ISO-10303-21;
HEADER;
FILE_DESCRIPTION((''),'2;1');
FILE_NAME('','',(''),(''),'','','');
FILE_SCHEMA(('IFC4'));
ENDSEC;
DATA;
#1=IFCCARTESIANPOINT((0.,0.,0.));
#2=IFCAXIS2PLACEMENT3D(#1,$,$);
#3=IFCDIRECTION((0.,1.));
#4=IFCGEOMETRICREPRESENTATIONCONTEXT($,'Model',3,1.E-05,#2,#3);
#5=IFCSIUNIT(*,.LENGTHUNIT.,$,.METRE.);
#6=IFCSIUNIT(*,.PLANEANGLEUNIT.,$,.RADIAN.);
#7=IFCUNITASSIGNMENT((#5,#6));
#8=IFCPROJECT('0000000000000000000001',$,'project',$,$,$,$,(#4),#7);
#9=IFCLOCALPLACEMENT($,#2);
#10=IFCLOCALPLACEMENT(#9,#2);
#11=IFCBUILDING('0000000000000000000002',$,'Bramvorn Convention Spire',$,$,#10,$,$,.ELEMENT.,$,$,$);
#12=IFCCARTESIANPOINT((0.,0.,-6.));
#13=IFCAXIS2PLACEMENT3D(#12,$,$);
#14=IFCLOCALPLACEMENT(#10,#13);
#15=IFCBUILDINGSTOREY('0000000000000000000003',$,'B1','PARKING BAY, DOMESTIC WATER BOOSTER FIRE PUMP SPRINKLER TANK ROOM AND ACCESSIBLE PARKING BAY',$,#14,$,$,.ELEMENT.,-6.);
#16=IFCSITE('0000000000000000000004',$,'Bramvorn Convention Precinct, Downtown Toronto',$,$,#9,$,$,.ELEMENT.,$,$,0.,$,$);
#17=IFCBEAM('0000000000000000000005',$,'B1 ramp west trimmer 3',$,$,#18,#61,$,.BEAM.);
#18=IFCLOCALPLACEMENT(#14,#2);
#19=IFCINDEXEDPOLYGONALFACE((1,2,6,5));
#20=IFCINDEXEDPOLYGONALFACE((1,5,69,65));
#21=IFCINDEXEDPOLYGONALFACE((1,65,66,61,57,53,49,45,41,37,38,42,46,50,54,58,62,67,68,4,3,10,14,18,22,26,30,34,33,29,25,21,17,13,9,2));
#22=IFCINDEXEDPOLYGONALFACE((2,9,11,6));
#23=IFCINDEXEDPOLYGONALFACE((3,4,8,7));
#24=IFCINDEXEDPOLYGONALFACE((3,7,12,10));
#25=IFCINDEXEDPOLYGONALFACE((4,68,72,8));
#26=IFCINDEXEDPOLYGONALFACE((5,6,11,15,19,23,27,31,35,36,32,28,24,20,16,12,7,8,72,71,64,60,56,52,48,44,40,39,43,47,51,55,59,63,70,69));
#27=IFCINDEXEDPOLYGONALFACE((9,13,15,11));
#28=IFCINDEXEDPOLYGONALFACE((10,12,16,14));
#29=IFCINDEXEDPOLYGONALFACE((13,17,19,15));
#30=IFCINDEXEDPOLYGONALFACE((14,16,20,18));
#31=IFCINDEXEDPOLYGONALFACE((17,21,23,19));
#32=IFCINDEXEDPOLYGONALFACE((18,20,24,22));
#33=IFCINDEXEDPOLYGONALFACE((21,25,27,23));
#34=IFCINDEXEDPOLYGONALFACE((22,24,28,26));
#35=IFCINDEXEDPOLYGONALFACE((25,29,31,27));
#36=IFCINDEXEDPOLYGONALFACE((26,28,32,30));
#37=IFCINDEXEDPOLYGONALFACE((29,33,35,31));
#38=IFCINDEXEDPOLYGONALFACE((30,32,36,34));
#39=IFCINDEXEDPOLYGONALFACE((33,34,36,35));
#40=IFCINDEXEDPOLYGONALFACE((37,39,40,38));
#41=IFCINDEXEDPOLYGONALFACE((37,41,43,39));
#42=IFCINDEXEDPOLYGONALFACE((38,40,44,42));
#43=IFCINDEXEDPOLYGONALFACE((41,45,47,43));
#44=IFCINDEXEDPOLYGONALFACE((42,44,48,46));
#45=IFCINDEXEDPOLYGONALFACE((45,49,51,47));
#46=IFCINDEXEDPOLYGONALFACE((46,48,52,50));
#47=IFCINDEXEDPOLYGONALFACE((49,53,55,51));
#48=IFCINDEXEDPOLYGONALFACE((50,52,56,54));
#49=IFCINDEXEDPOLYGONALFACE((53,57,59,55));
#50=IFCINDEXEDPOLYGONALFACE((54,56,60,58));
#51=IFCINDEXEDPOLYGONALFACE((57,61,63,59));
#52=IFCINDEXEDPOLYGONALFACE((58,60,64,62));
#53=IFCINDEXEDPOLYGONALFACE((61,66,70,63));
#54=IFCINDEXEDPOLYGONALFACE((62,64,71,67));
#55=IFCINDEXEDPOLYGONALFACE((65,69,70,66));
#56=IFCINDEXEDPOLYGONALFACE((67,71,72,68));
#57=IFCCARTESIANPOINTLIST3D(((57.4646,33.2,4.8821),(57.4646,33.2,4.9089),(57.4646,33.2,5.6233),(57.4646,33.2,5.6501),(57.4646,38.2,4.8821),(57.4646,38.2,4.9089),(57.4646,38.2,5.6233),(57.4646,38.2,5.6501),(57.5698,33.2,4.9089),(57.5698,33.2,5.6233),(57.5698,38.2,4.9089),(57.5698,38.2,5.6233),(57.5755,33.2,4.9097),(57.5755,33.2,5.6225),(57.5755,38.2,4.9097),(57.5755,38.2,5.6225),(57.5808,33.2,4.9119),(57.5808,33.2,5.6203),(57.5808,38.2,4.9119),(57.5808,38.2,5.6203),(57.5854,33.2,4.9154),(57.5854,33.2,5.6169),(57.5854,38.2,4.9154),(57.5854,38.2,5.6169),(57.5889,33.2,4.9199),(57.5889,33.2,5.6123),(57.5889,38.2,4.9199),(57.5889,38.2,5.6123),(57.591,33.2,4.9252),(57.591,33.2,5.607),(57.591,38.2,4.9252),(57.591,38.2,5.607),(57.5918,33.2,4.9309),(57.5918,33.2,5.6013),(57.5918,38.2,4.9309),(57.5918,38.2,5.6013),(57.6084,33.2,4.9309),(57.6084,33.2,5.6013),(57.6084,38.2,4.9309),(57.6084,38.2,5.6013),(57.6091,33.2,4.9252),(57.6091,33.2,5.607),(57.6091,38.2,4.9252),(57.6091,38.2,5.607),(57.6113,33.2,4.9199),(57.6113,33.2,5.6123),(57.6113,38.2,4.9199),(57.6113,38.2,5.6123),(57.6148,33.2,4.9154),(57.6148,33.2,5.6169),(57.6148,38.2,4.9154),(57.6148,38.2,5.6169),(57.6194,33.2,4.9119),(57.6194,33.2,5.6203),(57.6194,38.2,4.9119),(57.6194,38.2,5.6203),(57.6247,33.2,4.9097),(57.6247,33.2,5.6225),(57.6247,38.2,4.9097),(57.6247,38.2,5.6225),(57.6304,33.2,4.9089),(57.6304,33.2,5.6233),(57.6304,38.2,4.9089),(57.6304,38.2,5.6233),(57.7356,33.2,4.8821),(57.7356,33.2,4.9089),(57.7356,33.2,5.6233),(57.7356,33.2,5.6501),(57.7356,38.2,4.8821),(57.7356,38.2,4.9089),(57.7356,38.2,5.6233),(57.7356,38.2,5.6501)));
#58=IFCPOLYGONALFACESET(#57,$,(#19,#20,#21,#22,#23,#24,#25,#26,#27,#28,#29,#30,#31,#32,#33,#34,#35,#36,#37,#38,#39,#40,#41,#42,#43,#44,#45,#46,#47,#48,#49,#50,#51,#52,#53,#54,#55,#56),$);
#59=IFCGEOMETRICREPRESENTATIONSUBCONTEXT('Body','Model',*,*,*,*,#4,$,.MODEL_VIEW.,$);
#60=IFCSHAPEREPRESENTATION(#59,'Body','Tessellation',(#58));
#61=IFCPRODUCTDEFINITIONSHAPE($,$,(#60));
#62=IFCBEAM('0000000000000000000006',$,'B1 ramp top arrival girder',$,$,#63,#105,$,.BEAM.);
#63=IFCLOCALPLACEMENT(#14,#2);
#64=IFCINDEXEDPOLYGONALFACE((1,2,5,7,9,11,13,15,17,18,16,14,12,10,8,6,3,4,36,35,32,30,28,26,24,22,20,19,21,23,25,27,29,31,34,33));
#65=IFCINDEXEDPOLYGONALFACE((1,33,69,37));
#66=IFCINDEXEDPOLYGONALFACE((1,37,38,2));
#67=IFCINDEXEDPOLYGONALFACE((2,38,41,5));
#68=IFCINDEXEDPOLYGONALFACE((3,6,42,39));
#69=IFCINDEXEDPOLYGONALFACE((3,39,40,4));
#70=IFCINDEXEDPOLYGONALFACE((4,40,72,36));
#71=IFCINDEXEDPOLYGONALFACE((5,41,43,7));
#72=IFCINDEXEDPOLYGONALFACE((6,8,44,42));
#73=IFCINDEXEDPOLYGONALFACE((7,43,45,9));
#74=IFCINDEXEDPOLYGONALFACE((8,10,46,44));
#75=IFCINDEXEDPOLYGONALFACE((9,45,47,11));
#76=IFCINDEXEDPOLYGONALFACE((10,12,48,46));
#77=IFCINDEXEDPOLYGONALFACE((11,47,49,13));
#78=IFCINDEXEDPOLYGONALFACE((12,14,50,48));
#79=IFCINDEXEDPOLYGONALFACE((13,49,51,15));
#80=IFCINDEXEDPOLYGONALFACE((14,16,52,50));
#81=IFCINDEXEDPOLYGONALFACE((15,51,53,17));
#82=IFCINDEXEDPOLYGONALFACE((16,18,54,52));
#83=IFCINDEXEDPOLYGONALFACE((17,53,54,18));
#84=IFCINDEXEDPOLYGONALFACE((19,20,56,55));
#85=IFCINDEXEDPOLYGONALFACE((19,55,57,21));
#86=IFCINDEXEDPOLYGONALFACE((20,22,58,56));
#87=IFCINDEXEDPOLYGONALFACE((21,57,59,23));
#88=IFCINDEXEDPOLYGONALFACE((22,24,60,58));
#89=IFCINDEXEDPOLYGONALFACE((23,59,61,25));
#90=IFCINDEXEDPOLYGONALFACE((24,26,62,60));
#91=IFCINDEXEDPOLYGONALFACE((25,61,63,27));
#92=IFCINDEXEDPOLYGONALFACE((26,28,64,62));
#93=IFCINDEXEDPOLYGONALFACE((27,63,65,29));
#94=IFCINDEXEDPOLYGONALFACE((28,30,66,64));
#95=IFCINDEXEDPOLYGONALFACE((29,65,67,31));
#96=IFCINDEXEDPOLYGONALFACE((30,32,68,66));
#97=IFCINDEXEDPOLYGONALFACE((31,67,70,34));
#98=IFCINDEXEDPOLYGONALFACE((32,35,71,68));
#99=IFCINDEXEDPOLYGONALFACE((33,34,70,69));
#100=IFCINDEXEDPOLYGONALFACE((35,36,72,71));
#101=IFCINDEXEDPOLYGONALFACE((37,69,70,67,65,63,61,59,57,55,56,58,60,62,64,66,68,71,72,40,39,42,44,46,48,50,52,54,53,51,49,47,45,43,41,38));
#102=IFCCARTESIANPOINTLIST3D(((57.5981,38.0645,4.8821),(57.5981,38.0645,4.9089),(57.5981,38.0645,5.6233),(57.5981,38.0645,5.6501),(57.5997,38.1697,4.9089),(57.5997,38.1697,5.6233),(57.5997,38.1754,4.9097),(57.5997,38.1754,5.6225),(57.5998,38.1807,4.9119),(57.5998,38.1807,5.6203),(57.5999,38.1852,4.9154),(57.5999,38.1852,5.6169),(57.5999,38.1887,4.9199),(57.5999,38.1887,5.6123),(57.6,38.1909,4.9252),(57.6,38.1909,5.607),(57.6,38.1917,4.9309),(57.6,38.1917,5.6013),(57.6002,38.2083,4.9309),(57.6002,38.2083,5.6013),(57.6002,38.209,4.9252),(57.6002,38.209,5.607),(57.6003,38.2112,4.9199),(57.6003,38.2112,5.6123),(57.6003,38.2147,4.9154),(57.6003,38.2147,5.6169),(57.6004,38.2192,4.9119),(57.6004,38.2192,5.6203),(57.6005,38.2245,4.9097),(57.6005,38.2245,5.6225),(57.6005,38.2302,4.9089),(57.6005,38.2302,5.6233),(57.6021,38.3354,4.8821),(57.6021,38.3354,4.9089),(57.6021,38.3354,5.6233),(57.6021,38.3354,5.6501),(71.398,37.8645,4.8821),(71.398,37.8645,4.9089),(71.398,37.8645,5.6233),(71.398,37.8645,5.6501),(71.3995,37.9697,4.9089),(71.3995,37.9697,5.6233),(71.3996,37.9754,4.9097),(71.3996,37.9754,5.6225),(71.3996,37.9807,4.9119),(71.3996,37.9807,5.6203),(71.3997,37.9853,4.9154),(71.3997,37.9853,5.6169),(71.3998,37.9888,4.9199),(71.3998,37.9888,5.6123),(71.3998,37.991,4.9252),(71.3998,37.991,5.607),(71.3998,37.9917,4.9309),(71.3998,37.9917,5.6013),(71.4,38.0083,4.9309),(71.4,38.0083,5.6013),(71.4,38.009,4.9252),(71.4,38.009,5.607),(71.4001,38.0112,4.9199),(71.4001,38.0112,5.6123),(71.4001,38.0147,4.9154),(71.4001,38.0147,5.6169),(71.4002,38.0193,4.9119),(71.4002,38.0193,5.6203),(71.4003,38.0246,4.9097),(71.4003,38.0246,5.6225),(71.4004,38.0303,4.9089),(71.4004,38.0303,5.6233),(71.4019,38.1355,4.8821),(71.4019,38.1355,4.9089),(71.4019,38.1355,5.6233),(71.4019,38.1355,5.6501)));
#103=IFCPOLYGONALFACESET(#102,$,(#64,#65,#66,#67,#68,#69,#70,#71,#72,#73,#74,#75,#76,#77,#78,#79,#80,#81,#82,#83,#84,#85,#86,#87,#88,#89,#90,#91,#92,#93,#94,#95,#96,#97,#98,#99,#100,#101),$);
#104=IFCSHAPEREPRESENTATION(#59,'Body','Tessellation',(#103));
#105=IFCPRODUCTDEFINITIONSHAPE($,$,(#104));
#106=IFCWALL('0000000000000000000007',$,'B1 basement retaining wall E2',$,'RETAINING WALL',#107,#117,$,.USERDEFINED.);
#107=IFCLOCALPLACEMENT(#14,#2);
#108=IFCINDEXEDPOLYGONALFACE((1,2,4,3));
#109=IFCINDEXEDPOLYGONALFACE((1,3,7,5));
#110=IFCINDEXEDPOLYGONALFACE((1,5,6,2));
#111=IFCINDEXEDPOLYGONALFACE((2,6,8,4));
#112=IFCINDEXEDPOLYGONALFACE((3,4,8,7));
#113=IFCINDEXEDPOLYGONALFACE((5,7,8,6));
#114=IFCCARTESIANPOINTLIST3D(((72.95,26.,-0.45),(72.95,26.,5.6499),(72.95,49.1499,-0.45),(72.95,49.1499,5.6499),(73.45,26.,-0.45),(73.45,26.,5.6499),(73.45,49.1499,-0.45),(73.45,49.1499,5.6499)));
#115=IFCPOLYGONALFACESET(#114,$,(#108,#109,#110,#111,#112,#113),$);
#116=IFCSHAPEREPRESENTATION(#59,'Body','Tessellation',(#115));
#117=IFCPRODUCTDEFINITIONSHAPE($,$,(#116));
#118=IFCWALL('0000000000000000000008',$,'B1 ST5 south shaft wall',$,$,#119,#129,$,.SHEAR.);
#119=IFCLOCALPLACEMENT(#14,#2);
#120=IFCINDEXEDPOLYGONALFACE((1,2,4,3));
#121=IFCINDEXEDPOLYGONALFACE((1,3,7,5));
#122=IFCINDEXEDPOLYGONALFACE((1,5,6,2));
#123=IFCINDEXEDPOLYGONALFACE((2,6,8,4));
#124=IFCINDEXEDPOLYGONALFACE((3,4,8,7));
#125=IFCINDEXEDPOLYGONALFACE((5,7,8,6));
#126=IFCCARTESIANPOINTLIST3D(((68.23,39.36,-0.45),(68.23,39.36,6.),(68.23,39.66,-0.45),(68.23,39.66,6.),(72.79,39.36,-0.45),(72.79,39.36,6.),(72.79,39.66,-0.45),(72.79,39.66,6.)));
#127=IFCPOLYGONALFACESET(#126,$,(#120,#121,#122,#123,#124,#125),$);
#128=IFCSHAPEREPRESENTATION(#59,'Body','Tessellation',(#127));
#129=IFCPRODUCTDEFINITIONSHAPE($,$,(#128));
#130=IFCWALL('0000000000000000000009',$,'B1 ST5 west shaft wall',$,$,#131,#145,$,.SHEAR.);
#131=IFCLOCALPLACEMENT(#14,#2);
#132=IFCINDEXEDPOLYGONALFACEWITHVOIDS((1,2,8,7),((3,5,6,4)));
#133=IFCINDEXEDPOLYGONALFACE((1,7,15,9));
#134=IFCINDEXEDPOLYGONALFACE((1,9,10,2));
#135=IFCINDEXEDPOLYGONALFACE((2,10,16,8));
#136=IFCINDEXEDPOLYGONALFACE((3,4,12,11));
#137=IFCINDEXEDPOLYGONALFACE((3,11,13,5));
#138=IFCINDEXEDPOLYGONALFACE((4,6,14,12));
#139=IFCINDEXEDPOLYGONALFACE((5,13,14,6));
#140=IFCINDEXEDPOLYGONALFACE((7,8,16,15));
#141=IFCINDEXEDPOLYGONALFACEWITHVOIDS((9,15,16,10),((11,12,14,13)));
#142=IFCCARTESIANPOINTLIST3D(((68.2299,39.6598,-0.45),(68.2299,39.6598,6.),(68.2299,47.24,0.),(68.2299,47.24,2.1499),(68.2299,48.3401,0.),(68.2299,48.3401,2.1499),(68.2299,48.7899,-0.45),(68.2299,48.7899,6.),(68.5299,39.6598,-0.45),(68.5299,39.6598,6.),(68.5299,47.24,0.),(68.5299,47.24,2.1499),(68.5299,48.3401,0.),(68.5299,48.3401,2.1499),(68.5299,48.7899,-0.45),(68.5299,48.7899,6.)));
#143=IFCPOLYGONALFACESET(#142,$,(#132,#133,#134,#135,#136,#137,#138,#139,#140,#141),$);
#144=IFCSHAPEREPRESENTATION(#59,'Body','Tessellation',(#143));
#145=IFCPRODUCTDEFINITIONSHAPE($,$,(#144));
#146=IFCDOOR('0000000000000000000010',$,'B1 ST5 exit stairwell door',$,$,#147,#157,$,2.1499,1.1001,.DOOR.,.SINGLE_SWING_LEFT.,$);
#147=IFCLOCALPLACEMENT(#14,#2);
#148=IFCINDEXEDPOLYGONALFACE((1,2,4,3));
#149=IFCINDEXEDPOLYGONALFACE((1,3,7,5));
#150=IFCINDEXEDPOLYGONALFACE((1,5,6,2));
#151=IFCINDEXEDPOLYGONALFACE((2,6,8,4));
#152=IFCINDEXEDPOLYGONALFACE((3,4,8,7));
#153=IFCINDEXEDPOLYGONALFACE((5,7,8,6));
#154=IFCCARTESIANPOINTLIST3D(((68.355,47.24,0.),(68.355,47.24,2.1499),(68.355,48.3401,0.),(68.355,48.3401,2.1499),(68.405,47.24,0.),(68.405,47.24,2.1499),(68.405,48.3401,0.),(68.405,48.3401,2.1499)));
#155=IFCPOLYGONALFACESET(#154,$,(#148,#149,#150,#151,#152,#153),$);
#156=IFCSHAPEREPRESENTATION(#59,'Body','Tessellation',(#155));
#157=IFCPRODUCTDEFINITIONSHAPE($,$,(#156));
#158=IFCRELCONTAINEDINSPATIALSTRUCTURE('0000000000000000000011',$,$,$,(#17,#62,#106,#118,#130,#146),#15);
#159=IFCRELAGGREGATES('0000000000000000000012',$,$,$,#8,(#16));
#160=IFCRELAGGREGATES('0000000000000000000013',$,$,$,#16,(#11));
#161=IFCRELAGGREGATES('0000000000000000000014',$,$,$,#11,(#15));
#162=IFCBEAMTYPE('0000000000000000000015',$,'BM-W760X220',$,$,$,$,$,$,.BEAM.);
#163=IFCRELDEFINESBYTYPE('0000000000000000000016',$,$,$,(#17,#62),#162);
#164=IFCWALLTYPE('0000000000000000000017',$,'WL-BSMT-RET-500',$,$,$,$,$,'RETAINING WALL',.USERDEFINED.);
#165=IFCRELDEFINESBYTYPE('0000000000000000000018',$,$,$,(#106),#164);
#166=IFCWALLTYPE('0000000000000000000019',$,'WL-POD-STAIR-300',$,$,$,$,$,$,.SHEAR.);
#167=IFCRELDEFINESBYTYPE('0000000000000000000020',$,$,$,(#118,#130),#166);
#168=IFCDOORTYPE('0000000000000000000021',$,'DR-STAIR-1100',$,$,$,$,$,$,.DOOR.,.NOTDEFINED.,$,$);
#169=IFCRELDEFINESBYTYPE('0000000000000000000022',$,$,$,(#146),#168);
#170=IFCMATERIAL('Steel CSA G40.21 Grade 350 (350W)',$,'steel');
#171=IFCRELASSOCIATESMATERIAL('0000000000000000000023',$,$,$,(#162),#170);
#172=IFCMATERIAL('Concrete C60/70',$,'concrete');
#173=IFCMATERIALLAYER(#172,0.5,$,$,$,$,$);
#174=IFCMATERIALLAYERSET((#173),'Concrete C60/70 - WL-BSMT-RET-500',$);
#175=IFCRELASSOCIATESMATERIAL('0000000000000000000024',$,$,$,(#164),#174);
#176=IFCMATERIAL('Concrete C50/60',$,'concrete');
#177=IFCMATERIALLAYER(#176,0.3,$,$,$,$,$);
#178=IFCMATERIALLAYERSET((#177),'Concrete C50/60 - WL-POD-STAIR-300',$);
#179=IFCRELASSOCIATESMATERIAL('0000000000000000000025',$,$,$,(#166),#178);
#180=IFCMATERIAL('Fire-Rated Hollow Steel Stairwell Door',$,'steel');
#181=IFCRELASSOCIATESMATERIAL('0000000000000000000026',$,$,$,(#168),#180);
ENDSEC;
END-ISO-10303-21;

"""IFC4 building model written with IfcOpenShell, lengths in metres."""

from ifc_helpers import new_model, si_unit, direction, frame, frame_2d, origin, origin_2d, place, context, subcontext, project, spatial, rectangle, i_section, extrude, material, layer, layer_set, material_profile, profile_set, type_object, element, fill, save


model = new_model("IFC4")

# Units and contexts
model_context = context("Model", 3, precision=1e-05, world=origin(), true_north=direction((0.0, 1.0)))
body_context = subcontext(model_context, "Body", "Model", "MODEL_VIEW")
ifc_project = project(units=[si_unit("LENGTHUNIT", "METRE"), si_unit("PLANEANGLEUNIT", "RADIAN")], contexts=[model_context])

# Site, building, storey
site_placement = place(None, origin())
site = spatial("IfcSite", under=ifc_project, at=site_placement, Name="Bramvorn Convention Precinct, Downtown Toronto", CompositionType="ELEMENT", RefElevation=0.0)
building_placement = place(site_placement, origin())
building = spatial("IfcBuilding", under=site, at=building_placement, Name="Bramvorn Convention Spire", CompositionType="ELEMENT")
storey_placement = place(building_placement, frame((0.0, 0.0, -6.0)))
storey = spatial("IfcBuildingStorey", under=building, at=storey_placement, Name="B1", Description="PARKING BAY, DOMESTIC WATER BOOSTER FIRE PUMP SPRINKLER TANK ROOM AND ACCESSIBLE PARKING BAY", CompositionType="ELEMENT", Elevation=-6.0)

# Shared definitions
ifc_material_1 = material(Name="Concrete C60/70", Category="concrete")

# Shared definitions
ifc_material_2 = material(Name="Steel CSA G40.21 Grade 350 (350W)", Category="steel")

# Beams
ifc_material_profile_1 = material_profile(ifc_material_2, i_section(OverallWidth=0.271, OverallDepth=0.7681, WebThickness=0.0166, FlangeThickness=0.0269, FilletRadius=0.022, at=origin_2d()))
ifc_profile_set_1 = profile_set([ifc_material_profile_1], Name="Steel CSA G40.21 Grade 350 (350W) - W760X220")
beam_type = type_object("IfcBeamType", Name="BM-W760X220", PredefinedType="BEAM", material=ifc_profile_set_1)
beam_1_placement = place(storey_placement, frame((57.6001, 33.2, 5.2661), z_axis=(0.0, 1.0, 0.0), x_axis=(-1.0, 0.0, 0.0)))
element("IfcBeam", 1, at=beam_1_placement, inside=storey, type_object=beam_type, Name="B1 ramp west trimmer 3", PredefinedType="BEAM", context=body_context, shape_type="SweptSolid", body=[
    extrude(i_section(OverallWidth=0.271, OverallDepth=0.7681, WebThickness=0.0166, FlangeThickness=0.0269, FilletRadius=0.022, at=origin_2d()), origin(), (0.0, 0.0, 1.0), 5.0),
])
beam_2_placement = place(storey_placement, frame((57.6001, 38.2, 5.2661), z_axis=(0.999895, -0.014488, 0.0), x_axis=(0.014488, 0.999895, 0.0)))
element("IfcBeam", 2, at=beam_2_placement, inside=storey, type_object=beam_type, Name="B1 ramp top arrival girder", PredefinedType="BEAM", context=body_context, shape_type="SweptSolid", body=[
    extrude(i_section(OverallWidth=0.271, OverallDepth=0.7681, WebThickness=0.0166, FlangeThickness=0.0269, FilletRadius=0.022, at=origin_2d()), origin(), (0.0, 0.0, 1.0), 13.8013),
])

# Walls
ifc_layer_1 = layer(ifc_material_1, 0.5)
ifc_layer_set_1 = layer_set([ifc_layer_1], Name="Concrete C60/70 - WL-BSMT-RET-500")
wall_type_1 = type_object("IfcWallType", Name="WL-BSMT-RET-500", ElementType="RETAINING WALL", PredefinedType="USERDEFINED", material=ifc_layer_set_1)
wall_1_placement = place(storey_placement, frame((73.2, 26.0, -0.45), z_axis=(0.0, 0.0, 1.0), x_axis=(0.0, 1.0, 0.0)))
element("IfcWall", 3, at=wall_1_placement, inside=storey, type_object=wall_type_1, Name="B1 basement retaining wall E2", ObjectType="RETAINING WALL", PredefinedType="USERDEFINED", context=body_context, shape_type="SweptSolid", body=[
    extrude(rectangle(XDim=23.1499, YDim=0.5, at=frame_2d((11.575, 0.0))), origin(), (0.0, 0.0, 1.0), 6.0999),
])
ifc_material_3 = material(Name="Concrete C50/60", Category="concrete")
ifc_layer_2 = layer(ifc_material_3, 0.3)
ifc_layer_set_2 = layer_set([ifc_layer_2], Name="Concrete C50/60 - WL-POD-STAIR-300")
wall_type_2 = type_object("IfcWallType", Name="WL-POD-STAIR-300", PredefinedType="SHEAR", material=ifc_layer_set_2)
wall_2_placement = place(storey_placement, frame((68.23, 39.51, -0.45), z_axis=(0.0, 0.0, 1.0), x_axis=(1.0, 0.0, 0.0)))
element("IfcWall", 4, at=wall_2_placement, inside=storey, type_object=wall_type_2, Name="B1 ST5 south shaft wall", PredefinedType="SHEAR", context=body_context, shape_type="SweptSolid", body=[
    extrude(rectangle(XDim=4.5601, YDim=0.3, at=frame_2d((2.28, 0.0))), origin(), (0.0, 0.0, 1.0), 6.45),
])

# Wall, opening, door
wall_3_placement = place(storey_placement, frame((68.3799, 39.6599, -0.45), z_axis=(0.0, 0.0, 1.0), x_axis=(0.0, 1.0, 0.0)))
wall_3 = element("IfcWall", 5, at=wall_3_placement, inside=storey, type_object=wall_type_2, Name="B1 ST5 west shaft wall", PredefinedType="SHEAR", context=body_context, shape_type="SweptSolid", body=[
    extrude(rectangle(XDim=9.1301, YDim=0.3, at=frame_2d((4.5649, 0.0))), origin(), (0.0, 0.0, 1.0), 6.45),
])
opening_placement = place(wall_3_placement, frame((7.5801, 0.0, 0.45)))
opening = element("IfcOpeningElement", 6, at=opening_placement, cuts=wall_3, PredefinedType="OPENING", context=body_context, shape_type="SweptSolid", body=[
    extrude(rectangle(XDim=1.1001, YDim=2.1499, at=frame_2d((0.55, 1.075))), frame((0.0, 0.1599, 0.0), z_axis=(0.0, -1.0, 0.0), x_axis=(1.0, 0.0, 0.0)), (0.0, 0.0, 1.0), 0.3201),
])
ifc_material_4 = material(Name="Fire-Rated Hollow Steel Stairwell Door", Category="steel")
door_type = type_object("IfcDoorType", Name="DR-STAIR-1100", OperationType="NOTDEFINED", PredefinedType="DOOR", material=ifc_material_4)
door_placement = place(opening_placement, origin())
door = element("IfcDoor", 7, at=door_placement, inside=storey, type_object=door_type, Name="B1 ST5 exit stairwell door", OperationType="SINGLE_SWING_LEFT", OverallHeight=2.1499, OverallWidth=1.1001, PredefinedType="DOOR", context=body_context, shape_type="SweptSolid", body=[
    extrude(rectangle(XDim=1.1001, YDim=2.1499, at=frame_2d((0.55, 1.075))), frame((0.0, 0.0249, 0.0), z_axis=(0.0, -1.0, 0.0), x_axis=(1.0, 0.0, 0.0)), (0.0, 0.0, 1.0), 0.05),
])
fill(opening, door)

save(model, "model.ifc")
